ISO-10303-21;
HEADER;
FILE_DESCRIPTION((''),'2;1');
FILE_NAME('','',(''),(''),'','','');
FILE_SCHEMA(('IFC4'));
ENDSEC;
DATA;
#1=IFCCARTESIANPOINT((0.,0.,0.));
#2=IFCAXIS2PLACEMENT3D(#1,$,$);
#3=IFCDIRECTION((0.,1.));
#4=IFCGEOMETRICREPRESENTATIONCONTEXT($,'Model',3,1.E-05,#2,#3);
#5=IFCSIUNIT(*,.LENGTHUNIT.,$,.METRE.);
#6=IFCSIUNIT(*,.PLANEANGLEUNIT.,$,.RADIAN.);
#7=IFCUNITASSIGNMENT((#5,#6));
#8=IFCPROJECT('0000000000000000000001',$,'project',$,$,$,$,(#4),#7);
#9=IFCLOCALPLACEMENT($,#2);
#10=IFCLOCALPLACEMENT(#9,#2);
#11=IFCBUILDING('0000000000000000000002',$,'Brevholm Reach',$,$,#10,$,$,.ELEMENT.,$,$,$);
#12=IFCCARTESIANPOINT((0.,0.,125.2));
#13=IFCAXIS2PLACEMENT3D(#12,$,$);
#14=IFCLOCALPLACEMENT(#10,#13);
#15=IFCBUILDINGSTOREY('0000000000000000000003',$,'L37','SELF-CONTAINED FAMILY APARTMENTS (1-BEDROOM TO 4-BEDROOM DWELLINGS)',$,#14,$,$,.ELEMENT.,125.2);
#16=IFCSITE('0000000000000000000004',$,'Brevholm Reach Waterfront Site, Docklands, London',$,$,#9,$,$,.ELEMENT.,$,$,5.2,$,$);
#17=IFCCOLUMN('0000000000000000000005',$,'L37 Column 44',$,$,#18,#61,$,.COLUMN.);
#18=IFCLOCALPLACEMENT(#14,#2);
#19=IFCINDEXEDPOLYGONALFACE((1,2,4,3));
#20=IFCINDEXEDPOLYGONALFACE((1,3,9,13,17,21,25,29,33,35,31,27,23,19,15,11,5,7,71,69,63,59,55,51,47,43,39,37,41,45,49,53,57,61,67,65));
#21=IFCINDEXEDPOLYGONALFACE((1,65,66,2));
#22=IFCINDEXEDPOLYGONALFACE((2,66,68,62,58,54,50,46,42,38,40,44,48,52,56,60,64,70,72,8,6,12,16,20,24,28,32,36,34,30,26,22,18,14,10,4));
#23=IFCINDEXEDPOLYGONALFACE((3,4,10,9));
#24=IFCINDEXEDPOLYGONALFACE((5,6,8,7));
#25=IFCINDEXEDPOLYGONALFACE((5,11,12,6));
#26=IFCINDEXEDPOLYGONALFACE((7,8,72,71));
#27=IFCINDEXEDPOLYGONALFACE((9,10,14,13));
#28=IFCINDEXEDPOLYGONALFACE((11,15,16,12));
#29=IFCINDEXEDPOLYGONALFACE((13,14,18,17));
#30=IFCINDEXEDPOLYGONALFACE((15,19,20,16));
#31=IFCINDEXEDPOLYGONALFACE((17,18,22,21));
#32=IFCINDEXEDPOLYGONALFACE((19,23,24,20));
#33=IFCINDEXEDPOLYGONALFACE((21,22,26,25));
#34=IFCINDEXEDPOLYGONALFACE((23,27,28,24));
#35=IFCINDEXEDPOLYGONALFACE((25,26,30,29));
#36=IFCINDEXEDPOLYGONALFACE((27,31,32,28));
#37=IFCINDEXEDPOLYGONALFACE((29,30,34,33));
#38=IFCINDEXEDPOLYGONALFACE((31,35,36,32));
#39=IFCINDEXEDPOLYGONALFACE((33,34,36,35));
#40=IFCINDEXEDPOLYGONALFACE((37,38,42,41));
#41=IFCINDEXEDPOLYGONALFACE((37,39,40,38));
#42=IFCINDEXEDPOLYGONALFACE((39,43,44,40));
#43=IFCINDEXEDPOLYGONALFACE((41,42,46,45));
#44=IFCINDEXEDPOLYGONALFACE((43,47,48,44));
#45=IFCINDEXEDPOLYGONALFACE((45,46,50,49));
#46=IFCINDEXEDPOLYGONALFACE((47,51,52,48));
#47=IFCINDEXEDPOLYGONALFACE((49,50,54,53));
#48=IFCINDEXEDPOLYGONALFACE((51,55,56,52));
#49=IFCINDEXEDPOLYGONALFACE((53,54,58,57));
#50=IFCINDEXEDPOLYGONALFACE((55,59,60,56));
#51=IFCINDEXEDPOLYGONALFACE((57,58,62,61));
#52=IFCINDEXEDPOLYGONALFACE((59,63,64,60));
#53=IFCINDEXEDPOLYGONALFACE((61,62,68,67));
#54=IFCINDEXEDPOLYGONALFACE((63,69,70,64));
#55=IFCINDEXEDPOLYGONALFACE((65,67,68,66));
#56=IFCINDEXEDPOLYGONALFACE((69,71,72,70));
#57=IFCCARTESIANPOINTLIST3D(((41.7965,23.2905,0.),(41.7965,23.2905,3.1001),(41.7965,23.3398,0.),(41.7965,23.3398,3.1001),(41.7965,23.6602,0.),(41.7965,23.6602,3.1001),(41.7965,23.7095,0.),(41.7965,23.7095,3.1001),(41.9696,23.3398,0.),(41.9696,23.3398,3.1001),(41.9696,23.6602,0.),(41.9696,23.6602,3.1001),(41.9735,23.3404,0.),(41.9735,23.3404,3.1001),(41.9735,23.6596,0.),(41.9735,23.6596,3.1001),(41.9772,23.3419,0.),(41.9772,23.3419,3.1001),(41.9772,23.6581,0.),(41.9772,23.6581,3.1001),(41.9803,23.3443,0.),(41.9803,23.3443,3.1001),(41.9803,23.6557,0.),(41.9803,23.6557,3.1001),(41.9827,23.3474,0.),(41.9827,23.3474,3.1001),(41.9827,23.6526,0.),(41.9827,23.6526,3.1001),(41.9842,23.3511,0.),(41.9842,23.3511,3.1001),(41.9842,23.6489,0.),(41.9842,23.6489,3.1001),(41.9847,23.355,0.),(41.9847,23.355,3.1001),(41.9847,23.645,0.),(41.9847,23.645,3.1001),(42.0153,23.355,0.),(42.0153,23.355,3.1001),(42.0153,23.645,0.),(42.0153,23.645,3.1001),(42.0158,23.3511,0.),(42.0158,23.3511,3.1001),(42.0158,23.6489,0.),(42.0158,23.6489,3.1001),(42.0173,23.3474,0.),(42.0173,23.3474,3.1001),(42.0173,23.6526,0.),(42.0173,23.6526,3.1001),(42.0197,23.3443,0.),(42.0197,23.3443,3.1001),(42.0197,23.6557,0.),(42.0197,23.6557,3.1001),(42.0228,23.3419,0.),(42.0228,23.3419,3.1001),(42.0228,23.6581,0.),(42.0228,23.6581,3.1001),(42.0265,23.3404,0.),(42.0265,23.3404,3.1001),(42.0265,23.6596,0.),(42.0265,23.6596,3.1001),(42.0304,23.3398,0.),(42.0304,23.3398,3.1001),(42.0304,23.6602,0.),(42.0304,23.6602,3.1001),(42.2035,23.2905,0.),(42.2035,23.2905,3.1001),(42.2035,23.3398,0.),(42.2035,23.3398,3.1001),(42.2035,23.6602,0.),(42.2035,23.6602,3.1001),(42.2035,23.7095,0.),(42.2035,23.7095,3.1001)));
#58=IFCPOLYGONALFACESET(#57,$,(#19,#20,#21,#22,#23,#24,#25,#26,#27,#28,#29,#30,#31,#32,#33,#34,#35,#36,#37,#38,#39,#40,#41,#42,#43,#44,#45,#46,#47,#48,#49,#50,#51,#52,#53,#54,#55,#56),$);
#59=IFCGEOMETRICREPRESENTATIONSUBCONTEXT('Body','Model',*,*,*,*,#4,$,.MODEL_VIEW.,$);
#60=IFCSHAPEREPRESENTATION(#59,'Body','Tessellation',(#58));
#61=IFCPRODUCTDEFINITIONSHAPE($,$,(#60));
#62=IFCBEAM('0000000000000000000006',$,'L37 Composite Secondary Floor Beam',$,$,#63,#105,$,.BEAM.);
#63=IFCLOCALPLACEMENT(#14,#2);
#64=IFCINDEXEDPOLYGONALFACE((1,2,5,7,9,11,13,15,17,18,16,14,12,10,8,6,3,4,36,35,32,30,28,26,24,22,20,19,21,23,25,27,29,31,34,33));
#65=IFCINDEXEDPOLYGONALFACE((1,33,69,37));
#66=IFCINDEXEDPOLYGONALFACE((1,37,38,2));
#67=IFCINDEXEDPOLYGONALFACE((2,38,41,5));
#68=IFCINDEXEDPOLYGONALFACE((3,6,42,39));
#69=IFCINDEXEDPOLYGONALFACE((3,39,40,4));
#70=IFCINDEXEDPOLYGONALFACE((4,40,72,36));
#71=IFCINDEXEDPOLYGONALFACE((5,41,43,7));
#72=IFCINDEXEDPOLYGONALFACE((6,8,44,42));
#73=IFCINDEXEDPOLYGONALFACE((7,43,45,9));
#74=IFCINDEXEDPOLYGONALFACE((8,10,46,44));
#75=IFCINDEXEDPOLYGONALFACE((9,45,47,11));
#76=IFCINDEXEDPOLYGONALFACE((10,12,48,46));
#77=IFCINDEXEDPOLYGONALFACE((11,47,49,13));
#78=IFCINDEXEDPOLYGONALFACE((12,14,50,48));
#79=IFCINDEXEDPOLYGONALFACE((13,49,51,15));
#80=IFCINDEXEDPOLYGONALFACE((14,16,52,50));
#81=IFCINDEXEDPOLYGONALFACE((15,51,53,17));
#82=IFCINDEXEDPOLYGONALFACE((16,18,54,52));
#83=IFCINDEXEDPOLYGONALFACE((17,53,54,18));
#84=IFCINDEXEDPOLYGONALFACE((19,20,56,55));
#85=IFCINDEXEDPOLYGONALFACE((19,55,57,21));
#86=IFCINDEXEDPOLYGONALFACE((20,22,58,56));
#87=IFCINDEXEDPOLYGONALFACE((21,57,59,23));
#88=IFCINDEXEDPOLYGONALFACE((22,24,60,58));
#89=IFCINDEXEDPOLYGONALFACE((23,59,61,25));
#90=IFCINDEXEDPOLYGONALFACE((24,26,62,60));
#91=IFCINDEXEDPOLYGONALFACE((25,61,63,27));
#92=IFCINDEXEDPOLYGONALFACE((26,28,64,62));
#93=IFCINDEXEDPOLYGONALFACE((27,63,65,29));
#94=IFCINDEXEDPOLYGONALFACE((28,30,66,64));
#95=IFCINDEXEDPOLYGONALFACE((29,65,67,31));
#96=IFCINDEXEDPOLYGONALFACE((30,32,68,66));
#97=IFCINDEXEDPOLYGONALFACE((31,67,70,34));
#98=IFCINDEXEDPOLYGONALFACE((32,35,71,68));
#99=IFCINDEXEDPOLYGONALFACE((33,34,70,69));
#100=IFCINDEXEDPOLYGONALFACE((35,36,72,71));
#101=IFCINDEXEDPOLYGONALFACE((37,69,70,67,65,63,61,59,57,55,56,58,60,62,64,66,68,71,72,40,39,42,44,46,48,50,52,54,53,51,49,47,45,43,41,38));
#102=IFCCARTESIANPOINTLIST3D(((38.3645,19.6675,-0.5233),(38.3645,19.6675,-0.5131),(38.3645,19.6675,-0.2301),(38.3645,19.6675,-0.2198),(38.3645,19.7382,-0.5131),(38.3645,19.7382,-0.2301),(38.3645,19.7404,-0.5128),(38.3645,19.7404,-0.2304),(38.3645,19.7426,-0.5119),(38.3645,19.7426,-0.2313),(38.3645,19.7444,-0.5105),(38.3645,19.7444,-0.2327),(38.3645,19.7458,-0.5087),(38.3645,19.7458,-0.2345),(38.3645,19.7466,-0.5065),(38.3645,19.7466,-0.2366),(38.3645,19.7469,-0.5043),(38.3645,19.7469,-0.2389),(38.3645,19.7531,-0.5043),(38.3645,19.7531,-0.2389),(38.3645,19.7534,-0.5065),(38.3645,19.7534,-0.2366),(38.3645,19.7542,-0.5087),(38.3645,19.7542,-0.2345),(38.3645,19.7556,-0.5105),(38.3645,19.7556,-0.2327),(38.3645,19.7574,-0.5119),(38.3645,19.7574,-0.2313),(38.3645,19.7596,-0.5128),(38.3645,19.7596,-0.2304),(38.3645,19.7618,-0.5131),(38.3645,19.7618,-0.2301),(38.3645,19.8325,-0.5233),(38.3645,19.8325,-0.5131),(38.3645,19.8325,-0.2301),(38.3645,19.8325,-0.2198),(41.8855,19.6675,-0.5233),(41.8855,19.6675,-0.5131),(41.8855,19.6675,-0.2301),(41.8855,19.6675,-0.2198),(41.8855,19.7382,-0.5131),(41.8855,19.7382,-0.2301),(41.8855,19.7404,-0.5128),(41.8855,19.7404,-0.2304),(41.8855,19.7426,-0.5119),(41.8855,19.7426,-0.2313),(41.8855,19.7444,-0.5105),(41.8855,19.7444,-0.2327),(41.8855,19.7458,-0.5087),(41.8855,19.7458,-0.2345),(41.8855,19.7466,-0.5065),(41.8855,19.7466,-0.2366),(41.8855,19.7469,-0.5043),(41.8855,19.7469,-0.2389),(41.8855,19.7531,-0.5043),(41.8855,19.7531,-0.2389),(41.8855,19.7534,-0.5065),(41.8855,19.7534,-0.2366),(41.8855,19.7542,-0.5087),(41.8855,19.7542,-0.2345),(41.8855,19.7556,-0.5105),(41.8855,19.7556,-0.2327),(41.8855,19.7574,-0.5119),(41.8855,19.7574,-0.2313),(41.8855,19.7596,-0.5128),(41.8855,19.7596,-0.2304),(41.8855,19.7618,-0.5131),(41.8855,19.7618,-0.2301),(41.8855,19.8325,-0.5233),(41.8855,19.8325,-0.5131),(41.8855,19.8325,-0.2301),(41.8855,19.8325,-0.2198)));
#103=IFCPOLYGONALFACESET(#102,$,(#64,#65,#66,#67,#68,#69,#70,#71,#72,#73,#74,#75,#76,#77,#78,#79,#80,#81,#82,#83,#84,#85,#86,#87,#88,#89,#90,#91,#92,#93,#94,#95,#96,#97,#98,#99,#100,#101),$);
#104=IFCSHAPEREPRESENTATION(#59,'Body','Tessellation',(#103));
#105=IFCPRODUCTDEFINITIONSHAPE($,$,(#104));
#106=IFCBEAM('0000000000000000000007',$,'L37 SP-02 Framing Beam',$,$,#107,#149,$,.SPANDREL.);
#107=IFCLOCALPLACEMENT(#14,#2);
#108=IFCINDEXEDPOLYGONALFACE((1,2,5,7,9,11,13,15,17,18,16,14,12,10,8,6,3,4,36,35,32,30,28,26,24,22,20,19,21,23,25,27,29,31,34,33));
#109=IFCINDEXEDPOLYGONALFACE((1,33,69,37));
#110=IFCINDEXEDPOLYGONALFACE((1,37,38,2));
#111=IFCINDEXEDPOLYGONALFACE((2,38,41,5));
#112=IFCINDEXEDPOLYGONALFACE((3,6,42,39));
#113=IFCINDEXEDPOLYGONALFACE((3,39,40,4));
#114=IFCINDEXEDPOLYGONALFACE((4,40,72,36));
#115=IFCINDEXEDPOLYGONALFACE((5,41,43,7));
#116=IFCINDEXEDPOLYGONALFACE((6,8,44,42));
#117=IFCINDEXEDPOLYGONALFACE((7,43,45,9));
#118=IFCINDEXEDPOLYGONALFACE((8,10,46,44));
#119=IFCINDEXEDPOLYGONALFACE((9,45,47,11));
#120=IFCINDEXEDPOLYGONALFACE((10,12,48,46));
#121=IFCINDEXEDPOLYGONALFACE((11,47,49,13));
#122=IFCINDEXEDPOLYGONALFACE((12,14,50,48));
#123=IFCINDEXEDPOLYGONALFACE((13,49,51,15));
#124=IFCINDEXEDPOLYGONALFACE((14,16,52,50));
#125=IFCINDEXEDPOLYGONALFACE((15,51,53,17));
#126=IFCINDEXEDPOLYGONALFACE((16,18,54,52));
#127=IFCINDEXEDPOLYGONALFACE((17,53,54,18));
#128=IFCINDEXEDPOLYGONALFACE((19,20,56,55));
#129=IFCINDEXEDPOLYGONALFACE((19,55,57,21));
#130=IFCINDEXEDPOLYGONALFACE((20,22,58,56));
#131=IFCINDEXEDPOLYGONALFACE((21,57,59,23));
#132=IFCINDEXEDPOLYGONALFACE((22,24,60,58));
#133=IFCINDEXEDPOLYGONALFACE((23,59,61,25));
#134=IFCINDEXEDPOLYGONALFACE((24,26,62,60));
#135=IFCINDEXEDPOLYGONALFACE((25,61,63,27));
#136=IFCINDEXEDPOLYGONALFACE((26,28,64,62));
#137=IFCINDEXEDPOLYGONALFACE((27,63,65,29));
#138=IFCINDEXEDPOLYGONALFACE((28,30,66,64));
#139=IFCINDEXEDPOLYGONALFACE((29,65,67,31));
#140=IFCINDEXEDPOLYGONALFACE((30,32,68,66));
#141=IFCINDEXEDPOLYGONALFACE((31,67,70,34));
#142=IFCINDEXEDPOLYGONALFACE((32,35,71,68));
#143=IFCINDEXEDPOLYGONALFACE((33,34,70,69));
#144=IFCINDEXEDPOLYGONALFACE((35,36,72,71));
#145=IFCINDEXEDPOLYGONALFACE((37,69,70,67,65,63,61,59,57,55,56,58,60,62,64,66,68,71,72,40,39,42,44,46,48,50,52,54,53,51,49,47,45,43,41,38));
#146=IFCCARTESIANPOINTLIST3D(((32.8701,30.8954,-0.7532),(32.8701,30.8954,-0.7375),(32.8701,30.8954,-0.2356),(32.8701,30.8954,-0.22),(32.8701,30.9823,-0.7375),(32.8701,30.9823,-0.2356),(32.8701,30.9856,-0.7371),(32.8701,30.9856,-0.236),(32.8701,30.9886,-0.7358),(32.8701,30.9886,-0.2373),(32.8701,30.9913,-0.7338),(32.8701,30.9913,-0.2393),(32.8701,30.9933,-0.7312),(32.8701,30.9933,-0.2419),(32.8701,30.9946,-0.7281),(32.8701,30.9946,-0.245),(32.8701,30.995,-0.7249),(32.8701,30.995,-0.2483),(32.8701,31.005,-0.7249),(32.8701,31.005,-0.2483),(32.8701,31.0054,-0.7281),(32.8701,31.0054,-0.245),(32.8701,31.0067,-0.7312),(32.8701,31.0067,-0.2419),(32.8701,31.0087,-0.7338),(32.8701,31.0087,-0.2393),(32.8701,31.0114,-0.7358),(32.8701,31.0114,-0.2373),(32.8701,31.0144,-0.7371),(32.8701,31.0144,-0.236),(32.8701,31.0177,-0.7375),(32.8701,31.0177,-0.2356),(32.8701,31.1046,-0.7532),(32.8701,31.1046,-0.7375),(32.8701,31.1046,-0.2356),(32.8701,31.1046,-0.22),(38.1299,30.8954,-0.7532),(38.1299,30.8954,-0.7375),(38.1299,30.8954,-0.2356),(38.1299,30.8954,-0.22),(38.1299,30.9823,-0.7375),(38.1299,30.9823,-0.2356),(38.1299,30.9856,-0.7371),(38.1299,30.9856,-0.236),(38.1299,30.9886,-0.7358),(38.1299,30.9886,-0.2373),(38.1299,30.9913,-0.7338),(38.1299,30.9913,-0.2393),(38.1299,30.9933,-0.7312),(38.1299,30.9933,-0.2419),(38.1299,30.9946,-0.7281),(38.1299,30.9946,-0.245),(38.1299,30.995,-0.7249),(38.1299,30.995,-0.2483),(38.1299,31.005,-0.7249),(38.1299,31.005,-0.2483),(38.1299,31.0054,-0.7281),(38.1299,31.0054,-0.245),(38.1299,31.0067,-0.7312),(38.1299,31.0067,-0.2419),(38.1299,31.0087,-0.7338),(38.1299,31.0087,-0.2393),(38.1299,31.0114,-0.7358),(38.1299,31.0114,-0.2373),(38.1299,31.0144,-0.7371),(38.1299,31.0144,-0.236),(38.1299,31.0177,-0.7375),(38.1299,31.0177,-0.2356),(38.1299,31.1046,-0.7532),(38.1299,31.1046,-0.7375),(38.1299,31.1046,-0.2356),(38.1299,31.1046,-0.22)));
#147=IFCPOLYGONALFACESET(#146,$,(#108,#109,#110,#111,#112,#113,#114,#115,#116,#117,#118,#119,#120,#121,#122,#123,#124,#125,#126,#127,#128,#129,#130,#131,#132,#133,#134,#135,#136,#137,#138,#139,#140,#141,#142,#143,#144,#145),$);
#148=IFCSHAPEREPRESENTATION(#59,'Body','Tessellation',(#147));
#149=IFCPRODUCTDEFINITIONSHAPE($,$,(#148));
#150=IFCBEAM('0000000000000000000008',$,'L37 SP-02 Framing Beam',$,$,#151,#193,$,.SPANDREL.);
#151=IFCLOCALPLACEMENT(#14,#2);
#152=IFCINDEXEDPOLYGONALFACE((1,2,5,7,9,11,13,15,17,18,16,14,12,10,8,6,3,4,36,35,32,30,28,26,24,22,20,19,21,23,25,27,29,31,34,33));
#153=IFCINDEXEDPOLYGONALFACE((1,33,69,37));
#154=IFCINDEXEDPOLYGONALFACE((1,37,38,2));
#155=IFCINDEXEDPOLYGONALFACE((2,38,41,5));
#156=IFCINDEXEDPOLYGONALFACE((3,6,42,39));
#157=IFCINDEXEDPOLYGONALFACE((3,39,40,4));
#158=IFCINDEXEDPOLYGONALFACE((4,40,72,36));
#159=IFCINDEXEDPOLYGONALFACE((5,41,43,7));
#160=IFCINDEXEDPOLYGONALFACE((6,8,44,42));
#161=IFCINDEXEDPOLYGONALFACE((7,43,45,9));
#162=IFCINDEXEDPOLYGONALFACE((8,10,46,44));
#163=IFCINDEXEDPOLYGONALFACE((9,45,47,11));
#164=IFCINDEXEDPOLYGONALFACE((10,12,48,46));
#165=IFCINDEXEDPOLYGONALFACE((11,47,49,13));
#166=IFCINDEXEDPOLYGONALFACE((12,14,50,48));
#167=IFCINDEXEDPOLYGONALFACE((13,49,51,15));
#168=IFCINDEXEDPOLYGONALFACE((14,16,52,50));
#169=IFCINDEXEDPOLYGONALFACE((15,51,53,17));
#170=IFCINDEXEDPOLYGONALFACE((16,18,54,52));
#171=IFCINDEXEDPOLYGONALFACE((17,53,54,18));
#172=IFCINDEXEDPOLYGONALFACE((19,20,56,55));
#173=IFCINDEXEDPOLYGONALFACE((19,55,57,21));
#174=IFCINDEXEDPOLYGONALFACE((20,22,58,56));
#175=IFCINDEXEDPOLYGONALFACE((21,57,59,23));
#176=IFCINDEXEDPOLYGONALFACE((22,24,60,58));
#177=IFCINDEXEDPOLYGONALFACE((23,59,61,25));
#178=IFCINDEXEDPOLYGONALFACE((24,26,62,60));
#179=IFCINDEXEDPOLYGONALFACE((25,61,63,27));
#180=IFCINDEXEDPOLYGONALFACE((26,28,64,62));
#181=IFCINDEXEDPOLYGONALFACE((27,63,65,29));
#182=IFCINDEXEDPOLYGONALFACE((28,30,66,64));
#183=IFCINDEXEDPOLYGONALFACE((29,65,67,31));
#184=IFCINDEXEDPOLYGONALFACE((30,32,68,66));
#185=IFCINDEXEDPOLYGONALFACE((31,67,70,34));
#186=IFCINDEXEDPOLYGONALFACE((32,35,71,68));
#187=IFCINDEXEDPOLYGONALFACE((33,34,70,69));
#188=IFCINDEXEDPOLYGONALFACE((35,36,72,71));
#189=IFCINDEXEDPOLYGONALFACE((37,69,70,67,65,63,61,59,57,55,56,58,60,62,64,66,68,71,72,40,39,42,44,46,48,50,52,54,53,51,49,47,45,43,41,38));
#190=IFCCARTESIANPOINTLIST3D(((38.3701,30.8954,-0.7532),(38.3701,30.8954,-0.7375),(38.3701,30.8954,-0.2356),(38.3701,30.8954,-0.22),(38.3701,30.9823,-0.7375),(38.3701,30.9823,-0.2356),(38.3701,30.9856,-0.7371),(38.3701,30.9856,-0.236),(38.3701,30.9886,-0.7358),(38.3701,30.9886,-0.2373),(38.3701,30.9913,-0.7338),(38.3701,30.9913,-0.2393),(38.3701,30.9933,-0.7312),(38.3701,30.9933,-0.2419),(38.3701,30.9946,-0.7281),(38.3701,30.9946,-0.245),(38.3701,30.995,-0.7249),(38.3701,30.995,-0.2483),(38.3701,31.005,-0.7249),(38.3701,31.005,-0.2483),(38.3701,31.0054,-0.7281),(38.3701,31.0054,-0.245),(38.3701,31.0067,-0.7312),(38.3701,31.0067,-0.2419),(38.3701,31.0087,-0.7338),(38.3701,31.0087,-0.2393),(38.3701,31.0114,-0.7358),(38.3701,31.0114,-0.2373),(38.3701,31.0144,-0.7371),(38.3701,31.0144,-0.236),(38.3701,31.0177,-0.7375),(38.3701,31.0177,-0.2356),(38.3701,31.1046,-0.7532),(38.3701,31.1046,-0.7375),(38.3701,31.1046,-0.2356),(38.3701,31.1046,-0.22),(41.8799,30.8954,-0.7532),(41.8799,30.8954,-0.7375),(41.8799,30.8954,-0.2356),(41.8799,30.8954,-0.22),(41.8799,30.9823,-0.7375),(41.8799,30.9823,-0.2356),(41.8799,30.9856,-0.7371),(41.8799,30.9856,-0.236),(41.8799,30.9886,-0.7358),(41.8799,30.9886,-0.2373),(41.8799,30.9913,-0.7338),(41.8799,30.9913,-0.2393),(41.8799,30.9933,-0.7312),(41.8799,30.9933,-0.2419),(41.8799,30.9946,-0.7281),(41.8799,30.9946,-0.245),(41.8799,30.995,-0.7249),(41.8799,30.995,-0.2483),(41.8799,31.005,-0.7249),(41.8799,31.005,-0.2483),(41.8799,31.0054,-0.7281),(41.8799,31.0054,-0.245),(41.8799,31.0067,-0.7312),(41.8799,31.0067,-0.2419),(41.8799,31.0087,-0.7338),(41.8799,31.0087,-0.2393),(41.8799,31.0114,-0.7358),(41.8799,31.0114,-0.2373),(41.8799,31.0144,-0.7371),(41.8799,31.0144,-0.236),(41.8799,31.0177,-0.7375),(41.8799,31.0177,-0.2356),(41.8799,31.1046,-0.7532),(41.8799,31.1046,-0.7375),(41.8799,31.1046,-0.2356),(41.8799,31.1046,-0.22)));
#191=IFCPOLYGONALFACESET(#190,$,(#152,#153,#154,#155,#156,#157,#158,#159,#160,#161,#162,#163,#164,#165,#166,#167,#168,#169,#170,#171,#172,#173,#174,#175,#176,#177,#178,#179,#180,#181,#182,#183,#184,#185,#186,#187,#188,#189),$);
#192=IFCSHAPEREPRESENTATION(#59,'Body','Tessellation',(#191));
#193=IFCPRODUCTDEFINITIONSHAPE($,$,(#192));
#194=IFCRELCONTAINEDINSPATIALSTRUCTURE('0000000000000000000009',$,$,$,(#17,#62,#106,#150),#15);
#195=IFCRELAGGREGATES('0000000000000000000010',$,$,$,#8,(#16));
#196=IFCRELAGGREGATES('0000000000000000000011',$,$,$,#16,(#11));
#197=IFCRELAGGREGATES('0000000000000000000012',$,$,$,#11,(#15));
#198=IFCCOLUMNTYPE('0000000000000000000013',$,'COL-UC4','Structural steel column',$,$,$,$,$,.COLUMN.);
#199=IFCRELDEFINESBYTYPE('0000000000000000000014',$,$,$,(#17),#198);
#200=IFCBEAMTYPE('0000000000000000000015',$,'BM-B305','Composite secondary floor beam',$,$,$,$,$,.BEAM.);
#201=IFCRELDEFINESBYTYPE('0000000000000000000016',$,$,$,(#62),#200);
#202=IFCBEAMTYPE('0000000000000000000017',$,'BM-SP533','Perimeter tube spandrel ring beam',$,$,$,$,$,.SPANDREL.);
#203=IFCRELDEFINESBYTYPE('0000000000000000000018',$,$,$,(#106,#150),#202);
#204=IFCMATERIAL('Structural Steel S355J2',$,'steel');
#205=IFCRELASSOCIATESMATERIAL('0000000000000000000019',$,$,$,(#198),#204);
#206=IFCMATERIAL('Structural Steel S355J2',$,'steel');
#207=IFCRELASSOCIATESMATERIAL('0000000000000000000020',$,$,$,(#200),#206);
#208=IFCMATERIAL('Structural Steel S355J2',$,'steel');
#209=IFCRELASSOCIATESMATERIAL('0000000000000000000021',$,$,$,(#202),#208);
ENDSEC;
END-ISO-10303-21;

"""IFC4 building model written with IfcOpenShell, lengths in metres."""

from ifc_helpers import new_model, si_unit, direction, frame, origin, origin_2d, place, context, subcontext, project, spatial, i_section, extrude, material, material_profile, profile_set, type_object, element, save


model = new_model("IFC4")

# Units and contexts
model_context = context("Model", 3, precision=1e-05, world=origin(), true_north=direction((0.0, 1.0)))
body_context = subcontext(model_context, "Body", "Model", "MODEL_VIEW")
ifc_project = project(units=[si_unit("LENGTHUNIT", "METRE"), si_unit("PLANEANGLEUNIT", "RADIAN")], contexts=[model_context])

# Site, building, storey
site_placement = place(None, origin())
site = spatial("IfcSite", under=ifc_project, at=site_placement, Name="Brevholm Reach Waterfront Site, Docklands, London", CompositionType="ELEMENT", RefElevation=5.2)
building_placement = place(site_placement, origin())
building = spatial("IfcBuilding", under=site, at=building_placement, Name="Brevholm Reach", CompositionType="ELEMENT")
storey_placement = place(building_placement, frame((0.0, 0.0, 125.2)))
storey = spatial("IfcBuildingStorey", under=building, at=storey_placement, Name="L37", Description="SELF-CONTAINED FAMILY APARTMENTS (1-BEDROOM TO 4-BEDROOM DWELLINGS)", CompositionType="ELEMENT", Elevation=125.2)

# Column
ifc_material_1 = material(Name="Structural Steel S355J2", Category="steel")
ifc_material_profile_1 = material_profile(ifc_material_1, i_section(OverallWidth=0.407, OverallDepth=0.4189, WebThickness=0.0305, FlangeThickness=0.0493, FilletRadius=0.0151, at=origin_2d()), Name="UKC 356x406x393")
ifc_profile_set_1 = profile_set([ifc_material_profile_1], Name="Structural Steel S355J2")
column_type_1 = type_object("IfcColumnType", Name="COL-UC4", Description="Structural steel column", PredefinedType="COLUMN", material=ifc_profile_set_1)
for number, where, z_axis, x_axis, name in (
    (1, (42.0, 23.5, 0.0), (0.0, 0.0, 1.0), (1.0, 0.0, 0.0), "L37 Column 44"),
):
    element("IfcColumn", number, at=place(storey_placement, frame(where, z_axis=z_axis, x_axis=x_axis)), inside=storey, type_object=column_type_1, Name=name, PredefinedType="COLUMN", context=body_context, shape_type="SweptSolid", body=[
        extrude(i_section(OverallWidth=0.407, OverallDepth=0.4189, WebThickness=0.0305, FlangeThickness=0.0493, FilletRadius=0.0151, at=origin_2d()), origin(), (0.0, 0.0, 1.0), 3.1001),
    ])

# Beams
ifc_material_2 = material(Name="Structural Steel S355J2", Category="steel")
ifc_material_profile_2 = material_profile(ifc_material_2, i_section(OverallWidth=0.165, OverallDepth=0.3035, WebThickness=0.0061, FlangeThickness=0.0103, FilletRadius=0.0088, at=origin_2d()), Name="UKB 305x165x40")
ifc_profile_set_2 = profile_set([ifc_material_profile_2], Name="Structural Steel S355J2")
beam_type_1 = type_object("IfcBeamType", Name="BM-B305", Description="Composite secondary floor beam", PredefinedType="BEAM", material=ifc_profile_set_2)
beam_1_placement = place(storey_placement, frame((38.3645, 19.75, -0.3716), z_axis=(1.0, 0.0, 0.0), x_axis=(0.0, 1.0, 0.0)))
element("IfcBeam", 2, at=beam_1_placement, inside=storey, type_object=beam_type_1, Name="L37 Composite Secondary Floor Beam", PredefinedType="BEAM", context=body_context, shape_type="SweptSolid", body=[
    extrude(i_section(OverallWidth=0.165, OverallDepth=0.3035, WebThickness=0.0061, FlangeThickness=0.0103, FilletRadius=0.0088, at=origin_2d()), origin(), (0.0, 0.0, 1.0), 3.521),
])
ifc_material_3 = material(Name="Structural Steel S355J2", Category="steel")
ifc_material_profile_3 = material_profile(ifc_material_3, i_section(OverallWidth=0.2092, OverallDepth=0.5332, WebThickness=0.01, FlangeThickness=0.0156, FilletRadius=0.0127, at=origin_2d()), Name="UKB 533x210x92")
ifc_profile_set_3 = profile_set([ifc_material_profile_3], Name="Structural Steel S355J2")
beam_type_2 = type_object("IfcBeamType", Name="BM-SP533", Description="Perimeter tube spandrel ring beam", PredefinedType="SPANDREL", material=ifc_profile_set_3)
beam_2_placement = place(storey_placement, frame((32.8701, 31.0, -0.4866), z_axis=(1.0, 0.0, 0.0), x_axis=(0.0, 1.0, 0.0)))
element("IfcBeam", 3, at=beam_2_placement, inside=storey, type_object=beam_type_2, Name="L37 SP-02 Framing Beam", PredefinedType="SPANDREL", context=body_context, shape_type="SweptSolid", body=[
    extrude(i_section(OverallWidth=0.2092, OverallDepth=0.5332, WebThickness=0.01, FlangeThickness=0.0156, FilletRadius=0.0127, at=origin_2d()), origin(), (0.0, 0.0, 1.0), 5.2598),
])
beam_3_placement = place(storey_placement, frame((38.3701, 31.0, -0.4866), z_axis=(1.0, 0.0, 0.0), x_axis=(0.0, 1.0, 0.0)))
element("IfcBeam", 4, at=beam_3_placement, inside=storey, type_object=beam_type_2, Name="L37 SP-02 Framing Beam", PredefinedType="SPANDREL", context=body_context, shape_type="SweptSolid", body=[
    extrude(i_section(OverallWidth=0.2092, OverallDepth=0.5332, WebThickness=0.01, FlangeThickness=0.0156, FilletRadius=0.0127, at=origin_2d()), origin(), (0.0, 0.0, 1.0), 3.5098),
])

save(model, "model.ifc")
